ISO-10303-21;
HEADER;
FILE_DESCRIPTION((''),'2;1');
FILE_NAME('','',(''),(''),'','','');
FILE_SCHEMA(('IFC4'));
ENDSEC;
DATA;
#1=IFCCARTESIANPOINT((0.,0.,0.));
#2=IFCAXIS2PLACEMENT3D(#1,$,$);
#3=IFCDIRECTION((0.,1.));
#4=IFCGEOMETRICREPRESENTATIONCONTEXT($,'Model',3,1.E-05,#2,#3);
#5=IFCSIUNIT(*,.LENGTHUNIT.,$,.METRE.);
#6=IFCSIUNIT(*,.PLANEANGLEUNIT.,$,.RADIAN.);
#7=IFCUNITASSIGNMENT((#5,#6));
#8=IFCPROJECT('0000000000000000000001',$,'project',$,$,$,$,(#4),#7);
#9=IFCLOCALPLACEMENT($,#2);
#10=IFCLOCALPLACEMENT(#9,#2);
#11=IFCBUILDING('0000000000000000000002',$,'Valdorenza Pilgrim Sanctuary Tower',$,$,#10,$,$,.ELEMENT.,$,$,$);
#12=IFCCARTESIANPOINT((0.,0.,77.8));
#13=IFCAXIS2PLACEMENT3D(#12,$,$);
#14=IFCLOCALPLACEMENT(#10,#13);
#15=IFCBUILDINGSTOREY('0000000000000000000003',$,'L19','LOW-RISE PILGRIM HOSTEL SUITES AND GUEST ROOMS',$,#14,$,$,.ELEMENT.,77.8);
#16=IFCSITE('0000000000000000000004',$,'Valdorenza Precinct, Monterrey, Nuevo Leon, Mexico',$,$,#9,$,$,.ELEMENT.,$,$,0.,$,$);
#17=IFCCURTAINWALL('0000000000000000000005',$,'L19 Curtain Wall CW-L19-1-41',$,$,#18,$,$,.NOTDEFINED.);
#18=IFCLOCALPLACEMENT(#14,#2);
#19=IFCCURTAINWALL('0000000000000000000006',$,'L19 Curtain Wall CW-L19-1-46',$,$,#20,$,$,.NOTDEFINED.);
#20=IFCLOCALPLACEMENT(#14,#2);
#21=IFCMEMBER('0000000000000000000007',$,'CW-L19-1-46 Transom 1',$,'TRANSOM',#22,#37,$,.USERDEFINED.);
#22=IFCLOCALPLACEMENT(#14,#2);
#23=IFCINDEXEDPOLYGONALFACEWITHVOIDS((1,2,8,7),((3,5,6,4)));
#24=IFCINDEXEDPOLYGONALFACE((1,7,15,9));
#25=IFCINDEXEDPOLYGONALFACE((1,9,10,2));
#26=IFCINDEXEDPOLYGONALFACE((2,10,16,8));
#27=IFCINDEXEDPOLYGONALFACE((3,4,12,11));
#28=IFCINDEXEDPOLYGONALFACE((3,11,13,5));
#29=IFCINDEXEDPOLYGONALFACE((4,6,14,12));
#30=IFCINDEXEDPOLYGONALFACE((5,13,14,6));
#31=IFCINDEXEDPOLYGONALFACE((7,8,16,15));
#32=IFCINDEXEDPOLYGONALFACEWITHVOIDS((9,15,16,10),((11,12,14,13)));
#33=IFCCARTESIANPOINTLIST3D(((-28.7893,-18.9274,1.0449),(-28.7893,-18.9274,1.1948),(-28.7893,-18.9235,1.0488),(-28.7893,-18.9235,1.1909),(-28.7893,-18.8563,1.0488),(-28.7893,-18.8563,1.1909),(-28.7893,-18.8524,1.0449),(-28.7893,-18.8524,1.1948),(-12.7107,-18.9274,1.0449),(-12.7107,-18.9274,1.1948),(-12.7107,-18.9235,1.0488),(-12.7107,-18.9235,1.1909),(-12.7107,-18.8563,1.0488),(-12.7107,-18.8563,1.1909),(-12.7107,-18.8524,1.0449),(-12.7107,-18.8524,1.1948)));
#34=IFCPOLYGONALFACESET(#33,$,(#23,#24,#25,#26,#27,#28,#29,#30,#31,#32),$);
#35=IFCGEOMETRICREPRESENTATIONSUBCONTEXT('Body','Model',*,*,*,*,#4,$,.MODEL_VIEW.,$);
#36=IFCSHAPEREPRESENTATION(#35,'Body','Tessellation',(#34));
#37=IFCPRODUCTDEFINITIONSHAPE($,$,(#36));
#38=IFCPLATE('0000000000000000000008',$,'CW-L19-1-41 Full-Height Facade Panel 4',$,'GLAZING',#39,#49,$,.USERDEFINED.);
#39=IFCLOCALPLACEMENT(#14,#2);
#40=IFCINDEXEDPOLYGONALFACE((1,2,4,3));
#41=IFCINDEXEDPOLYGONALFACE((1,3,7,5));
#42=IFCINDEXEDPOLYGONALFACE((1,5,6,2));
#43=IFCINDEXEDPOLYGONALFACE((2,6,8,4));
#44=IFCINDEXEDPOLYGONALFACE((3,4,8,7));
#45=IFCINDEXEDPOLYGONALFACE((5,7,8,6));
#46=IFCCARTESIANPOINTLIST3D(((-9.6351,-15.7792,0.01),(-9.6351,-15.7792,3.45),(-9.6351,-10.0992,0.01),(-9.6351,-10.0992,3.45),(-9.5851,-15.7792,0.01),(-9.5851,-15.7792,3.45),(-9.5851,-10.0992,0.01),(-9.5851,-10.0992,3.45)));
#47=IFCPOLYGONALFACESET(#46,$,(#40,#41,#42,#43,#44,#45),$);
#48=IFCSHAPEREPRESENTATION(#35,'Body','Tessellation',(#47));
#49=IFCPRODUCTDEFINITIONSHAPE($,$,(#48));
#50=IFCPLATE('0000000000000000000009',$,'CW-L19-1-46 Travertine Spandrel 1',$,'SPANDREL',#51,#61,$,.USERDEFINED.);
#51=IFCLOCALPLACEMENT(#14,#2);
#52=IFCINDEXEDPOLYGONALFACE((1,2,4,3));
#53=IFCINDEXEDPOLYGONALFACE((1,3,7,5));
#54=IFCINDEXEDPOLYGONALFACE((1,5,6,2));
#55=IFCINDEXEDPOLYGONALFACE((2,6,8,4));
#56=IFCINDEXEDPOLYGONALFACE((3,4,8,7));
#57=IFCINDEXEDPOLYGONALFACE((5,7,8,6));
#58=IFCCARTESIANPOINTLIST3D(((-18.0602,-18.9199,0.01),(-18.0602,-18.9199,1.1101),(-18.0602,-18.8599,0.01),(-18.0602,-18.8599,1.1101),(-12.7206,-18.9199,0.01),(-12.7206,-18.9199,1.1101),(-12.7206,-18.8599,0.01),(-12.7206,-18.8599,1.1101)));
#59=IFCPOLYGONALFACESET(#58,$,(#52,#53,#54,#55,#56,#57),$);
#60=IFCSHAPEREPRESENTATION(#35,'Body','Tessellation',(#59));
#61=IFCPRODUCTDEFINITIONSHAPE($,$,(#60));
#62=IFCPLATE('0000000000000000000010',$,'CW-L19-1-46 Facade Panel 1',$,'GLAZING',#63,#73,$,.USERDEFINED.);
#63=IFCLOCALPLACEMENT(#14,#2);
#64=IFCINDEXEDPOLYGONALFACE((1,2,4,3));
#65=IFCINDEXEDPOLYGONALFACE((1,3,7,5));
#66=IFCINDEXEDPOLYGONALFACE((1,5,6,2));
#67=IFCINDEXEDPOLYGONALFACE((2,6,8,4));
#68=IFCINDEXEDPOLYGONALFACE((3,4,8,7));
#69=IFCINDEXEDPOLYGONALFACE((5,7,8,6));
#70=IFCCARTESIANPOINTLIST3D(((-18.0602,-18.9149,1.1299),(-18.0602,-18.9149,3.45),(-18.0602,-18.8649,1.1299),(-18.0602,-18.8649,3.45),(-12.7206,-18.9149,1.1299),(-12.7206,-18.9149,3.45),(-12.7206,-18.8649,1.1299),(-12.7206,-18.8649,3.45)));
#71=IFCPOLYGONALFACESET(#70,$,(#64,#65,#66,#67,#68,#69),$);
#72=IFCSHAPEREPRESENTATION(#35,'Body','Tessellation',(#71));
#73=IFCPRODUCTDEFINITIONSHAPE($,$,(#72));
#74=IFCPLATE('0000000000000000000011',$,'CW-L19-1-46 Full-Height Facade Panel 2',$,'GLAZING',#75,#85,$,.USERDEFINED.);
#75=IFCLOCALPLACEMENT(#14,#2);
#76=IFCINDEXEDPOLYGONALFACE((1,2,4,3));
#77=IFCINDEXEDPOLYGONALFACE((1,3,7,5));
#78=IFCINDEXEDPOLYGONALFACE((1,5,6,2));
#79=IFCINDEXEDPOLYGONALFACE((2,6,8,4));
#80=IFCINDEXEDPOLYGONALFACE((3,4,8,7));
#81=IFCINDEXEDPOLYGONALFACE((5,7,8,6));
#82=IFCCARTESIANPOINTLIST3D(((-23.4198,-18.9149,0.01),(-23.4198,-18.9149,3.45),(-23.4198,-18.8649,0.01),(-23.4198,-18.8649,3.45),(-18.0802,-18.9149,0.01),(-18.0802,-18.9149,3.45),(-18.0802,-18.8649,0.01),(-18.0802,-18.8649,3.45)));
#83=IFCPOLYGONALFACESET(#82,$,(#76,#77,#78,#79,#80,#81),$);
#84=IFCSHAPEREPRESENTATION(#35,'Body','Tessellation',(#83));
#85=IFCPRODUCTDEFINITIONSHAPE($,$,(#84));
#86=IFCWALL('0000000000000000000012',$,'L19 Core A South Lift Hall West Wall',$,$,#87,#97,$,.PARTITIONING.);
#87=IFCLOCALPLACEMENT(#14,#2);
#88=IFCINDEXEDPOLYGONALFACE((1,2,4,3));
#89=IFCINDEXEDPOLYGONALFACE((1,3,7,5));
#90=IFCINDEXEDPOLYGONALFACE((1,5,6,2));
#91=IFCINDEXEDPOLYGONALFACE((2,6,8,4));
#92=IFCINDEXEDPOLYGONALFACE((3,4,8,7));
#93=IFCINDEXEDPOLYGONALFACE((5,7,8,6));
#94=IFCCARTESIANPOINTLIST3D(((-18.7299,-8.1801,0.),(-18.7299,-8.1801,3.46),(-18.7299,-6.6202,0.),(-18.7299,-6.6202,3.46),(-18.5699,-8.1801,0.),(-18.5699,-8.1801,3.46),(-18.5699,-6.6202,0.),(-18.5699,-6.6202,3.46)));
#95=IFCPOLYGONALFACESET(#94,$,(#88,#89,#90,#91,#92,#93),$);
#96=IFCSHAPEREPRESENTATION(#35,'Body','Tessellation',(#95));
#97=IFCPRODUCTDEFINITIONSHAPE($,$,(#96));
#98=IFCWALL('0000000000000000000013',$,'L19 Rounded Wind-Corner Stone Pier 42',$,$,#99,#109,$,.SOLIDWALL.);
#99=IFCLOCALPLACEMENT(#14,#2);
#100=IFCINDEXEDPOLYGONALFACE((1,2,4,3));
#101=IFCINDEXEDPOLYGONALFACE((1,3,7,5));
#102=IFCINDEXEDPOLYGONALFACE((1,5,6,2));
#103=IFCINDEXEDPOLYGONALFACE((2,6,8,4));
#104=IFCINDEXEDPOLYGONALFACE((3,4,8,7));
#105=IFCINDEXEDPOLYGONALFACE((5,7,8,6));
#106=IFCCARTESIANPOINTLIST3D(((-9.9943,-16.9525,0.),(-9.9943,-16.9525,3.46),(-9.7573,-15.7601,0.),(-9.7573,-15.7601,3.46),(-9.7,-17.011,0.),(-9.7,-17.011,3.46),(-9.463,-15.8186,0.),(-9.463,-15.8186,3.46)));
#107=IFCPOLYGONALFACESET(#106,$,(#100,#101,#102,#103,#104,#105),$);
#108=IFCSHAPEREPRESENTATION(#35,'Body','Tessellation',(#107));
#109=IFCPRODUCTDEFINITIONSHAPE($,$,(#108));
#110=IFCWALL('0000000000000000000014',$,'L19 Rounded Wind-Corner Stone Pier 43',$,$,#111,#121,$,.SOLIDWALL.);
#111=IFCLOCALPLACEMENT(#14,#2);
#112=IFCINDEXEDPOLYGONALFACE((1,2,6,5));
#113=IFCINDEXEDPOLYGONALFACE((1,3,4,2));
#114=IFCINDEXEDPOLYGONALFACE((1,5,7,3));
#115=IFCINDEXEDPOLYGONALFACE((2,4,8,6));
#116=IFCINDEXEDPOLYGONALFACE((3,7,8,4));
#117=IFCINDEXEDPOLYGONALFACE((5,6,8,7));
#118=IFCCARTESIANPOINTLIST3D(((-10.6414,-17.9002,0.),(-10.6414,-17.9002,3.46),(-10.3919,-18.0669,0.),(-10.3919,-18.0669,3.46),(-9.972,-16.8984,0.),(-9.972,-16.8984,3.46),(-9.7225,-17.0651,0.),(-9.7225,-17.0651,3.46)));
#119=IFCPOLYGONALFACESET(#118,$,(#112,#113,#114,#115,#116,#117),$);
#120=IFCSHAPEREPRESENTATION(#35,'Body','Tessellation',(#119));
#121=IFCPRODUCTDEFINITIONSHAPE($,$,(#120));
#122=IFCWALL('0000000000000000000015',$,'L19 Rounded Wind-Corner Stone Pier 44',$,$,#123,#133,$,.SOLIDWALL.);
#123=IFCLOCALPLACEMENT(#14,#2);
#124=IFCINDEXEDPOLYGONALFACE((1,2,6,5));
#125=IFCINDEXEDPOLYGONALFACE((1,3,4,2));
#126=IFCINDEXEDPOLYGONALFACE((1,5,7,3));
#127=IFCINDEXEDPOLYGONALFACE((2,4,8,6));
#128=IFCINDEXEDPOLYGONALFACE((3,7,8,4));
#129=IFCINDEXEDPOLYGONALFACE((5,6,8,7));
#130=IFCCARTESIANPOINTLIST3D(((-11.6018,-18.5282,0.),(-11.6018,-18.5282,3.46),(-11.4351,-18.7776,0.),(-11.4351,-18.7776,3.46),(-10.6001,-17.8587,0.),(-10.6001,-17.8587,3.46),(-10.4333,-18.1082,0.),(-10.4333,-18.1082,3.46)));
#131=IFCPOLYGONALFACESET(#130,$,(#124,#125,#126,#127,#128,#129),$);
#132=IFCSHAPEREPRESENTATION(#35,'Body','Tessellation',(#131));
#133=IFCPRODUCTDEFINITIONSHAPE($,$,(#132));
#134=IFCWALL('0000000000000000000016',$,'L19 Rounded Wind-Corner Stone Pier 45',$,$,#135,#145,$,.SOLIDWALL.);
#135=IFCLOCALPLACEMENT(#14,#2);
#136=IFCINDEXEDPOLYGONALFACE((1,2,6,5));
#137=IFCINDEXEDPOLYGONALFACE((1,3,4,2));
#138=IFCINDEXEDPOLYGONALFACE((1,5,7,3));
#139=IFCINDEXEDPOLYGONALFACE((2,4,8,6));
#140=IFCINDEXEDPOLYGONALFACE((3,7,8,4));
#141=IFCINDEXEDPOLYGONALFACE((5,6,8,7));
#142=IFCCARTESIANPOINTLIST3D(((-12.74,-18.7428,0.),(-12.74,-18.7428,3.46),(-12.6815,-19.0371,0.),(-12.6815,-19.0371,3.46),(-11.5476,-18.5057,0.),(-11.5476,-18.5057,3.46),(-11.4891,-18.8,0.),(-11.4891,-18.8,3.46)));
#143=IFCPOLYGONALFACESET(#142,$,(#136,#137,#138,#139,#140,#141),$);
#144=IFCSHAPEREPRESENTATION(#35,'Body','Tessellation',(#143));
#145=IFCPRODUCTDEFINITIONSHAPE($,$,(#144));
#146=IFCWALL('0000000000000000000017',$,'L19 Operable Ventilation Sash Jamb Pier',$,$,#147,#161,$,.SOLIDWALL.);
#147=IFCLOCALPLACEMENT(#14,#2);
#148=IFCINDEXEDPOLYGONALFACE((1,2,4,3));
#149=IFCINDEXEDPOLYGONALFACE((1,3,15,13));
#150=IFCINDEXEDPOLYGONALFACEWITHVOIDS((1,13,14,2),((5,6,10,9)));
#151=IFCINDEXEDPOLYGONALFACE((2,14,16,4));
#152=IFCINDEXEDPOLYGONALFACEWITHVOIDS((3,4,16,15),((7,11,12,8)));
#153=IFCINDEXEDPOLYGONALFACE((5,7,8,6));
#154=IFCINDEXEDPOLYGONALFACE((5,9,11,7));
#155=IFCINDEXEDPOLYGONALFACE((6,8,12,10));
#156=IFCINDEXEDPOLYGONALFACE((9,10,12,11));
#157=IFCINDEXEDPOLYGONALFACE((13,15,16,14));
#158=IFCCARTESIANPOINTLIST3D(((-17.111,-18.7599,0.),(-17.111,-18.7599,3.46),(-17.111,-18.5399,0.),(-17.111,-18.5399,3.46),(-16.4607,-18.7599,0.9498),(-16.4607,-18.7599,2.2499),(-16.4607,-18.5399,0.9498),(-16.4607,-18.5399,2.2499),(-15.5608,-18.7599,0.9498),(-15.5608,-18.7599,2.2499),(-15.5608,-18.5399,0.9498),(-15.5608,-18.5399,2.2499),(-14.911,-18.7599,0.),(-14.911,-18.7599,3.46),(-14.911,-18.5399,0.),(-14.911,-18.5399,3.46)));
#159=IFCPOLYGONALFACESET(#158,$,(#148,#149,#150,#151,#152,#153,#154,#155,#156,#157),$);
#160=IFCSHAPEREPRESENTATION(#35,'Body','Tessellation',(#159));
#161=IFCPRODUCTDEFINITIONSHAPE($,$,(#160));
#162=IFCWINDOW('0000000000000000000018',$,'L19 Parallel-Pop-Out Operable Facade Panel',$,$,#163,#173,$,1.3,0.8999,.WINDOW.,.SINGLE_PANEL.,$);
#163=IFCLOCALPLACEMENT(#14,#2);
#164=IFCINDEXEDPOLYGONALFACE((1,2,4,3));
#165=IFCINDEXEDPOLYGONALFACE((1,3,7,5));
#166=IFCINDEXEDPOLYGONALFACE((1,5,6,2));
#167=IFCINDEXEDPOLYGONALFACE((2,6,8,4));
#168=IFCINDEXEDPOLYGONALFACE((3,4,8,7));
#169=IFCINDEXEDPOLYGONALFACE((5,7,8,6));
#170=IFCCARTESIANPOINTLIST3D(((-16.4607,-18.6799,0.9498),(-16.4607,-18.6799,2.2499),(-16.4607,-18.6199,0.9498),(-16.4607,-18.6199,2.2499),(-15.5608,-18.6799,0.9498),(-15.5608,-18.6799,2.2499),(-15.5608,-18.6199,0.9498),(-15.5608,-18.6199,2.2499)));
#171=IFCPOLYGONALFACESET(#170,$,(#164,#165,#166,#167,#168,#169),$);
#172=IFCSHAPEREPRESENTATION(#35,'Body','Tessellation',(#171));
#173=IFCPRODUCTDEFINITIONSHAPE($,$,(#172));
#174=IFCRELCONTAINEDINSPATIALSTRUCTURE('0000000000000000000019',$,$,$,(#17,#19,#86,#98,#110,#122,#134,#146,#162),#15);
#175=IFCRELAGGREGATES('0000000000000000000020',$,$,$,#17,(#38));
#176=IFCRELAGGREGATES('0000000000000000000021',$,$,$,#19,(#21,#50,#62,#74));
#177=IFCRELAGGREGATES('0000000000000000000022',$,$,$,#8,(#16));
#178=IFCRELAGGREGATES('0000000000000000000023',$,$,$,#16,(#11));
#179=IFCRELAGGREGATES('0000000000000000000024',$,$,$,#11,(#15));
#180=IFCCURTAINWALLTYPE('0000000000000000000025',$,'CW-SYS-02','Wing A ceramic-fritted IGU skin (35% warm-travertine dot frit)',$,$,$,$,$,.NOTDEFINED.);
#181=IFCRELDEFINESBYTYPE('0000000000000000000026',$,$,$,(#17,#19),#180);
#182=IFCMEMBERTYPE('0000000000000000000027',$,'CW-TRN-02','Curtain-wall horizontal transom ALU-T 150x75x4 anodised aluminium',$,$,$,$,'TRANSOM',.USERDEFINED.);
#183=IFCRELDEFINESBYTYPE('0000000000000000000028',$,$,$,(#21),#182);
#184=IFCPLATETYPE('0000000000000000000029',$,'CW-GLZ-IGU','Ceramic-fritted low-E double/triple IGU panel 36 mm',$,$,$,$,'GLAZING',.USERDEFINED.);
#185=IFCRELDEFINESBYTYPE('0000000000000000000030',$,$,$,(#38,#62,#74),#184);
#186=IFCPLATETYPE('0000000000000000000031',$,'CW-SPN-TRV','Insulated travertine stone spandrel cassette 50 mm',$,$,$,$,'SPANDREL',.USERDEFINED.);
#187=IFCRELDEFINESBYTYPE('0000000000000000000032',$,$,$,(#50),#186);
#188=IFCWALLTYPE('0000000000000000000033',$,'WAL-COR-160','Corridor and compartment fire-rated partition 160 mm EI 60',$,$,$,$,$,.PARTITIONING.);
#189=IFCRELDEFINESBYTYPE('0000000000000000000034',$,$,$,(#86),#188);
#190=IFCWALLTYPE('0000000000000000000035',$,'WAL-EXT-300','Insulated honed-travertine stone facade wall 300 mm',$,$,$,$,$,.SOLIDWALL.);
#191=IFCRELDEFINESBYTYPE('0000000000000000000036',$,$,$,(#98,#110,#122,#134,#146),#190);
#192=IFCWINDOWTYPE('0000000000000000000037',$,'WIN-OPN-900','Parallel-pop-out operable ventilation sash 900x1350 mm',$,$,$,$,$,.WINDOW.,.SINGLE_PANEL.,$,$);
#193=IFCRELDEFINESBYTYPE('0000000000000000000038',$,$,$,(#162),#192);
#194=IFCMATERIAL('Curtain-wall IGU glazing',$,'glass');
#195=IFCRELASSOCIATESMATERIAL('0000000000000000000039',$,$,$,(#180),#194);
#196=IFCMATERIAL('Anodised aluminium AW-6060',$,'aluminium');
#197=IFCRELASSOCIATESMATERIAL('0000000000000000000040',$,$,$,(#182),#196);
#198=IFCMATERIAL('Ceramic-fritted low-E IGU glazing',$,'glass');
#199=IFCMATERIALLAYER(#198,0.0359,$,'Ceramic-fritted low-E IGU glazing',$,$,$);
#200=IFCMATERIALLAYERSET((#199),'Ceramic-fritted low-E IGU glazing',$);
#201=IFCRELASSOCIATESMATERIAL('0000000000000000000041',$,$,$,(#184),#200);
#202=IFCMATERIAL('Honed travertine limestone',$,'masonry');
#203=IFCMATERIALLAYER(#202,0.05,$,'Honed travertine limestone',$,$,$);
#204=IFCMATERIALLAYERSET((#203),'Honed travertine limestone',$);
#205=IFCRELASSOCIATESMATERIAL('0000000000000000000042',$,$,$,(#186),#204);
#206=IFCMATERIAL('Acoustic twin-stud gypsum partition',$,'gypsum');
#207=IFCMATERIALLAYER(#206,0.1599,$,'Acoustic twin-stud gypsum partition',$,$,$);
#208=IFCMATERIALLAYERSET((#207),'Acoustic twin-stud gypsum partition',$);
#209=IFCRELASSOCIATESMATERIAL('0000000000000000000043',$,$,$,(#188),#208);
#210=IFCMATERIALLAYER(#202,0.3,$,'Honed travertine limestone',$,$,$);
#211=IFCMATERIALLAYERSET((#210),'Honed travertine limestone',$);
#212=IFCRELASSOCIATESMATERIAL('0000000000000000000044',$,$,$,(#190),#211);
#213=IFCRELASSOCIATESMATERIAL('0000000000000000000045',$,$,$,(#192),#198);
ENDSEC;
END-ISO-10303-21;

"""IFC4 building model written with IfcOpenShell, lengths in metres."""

from ifc_helpers import new_model, si_unit, direction, frame, frame_2d, origin, origin_2d, place, context, subcontext, project, spatial, rectangle, hollow_rectangle, extrude, source, transform, mapped, material, layer, layer_set, material_profile, profile_set, type_object, element, fill, aggregate, save


model = new_model("IFC4")

# Units and contexts
model_context = context("Model", 3, precision=1e-05, world=origin(), true_north=direction((0.0, 1.0)))
body_context = subcontext(model_context, "Body", "Model", "MODEL_VIEW")
ifc_project = project(units=[si_unit("LENGTHUNIT", "METRE"), si_unit("PLANEANGLEUNIT", "RADIAN")], contexts=[model_context])

# Site, building, storey
site_placement = place(None, origin())
site = spatial("IfcSite", under=ifc_project, at=site_placement, Name="Valdorenza Precinct, Monterrey, Nuevo Leon, Mexico", CompositionType="ELEMENT", RefElevation=0.0)
building_placement = place(site_placement, origin())
building = spatial("IfcBuilding", under=site, at=building_placement, Name="Valdorenza Pilgrim Sanctuary Tower", CompositionType="ELEMENT")
storey_placement = place(building_placement, frame((0.0, 0.0, 77.8)))
storey = spatial("IfcBuildingStorey", under=building, at=storey_placement, Name="L19", Description="LOW-RISE PILGRIM HOSTEL SUITES AND GUEST ROOMS", CompositionType="ELEMENT", Elevation=77.8)

# Curtain walls, member
ifc_material_1 = material(Name="Curtain-wall IGU glazing", Category="glass")
curtain_wall_type = type_object("IfcCurtainWallType", Name="CW-SYS-02", Description="Wing A ceramic-fritted IGU skin (35% warm-travertine dot frit)", PredefinedType="NOTDEFINED", material=ifc_material_1)
curtain_wall_1_placement = place(storey_placement, origin())
curtain_wall_1 = element("IfcCurtainWall", 1, at=curtain_wall_1_placement, inside=storey, type_object=curtain_wall_type, Name="L19 Curtain Wall CW-L19-1-41", PredefinedType="NOTDEFINED")
ifc_material_2 = material(Name="Anodised aluminium AW-6060", Category="aluminium")
curtain_wall_2_placement = place(storey_placement, origin())
curtain_wall_2 = element("IfcCurtainWall", 2, at=curtain_wall_2_placement, inside=storey, type_object=curtain_wall_type, Name="L19 Curtain Wall CW-L19-1-46", PredefinedType="NOTDEFINED")
ifc_material_profile_1 = material_profile(ifc_material_2, hollow_rectangle(XDim=0.075, YDim=0.1499, WallThickness=0.0039, at=origin_2d()), Name="ALU-T 150x75x4")
ifc_profile_set_1 = profile_set([ifc_material_profile_1], Name="Anodised aluminium AW-6060")
member_type_1 = type_object("IfcMemberType", Name="CW-TRN-02", Description="Curtain-wall horizontal transom ALU-T 150x75x4 anodised aluminium", ElementType="TRANSOM", PredefinedType="USERDEFINED", material=ifc_profile_set_1)
shared_shape_1 = source(origin(), body_context, "Body", "SweptSolid", [
    extrude(hollow_rectangle(XDim=0.075, YDim=0.1499, WallThickness=0.0039, at=origin_2d()), origin(), (0.0, 0.0, 1.0), 16.0786),
])
member_1_placement = place(storey_placement, frame((-12.7107, -18.8899, 1.1199), z_axis=(-1.0, 0.0, 0.0), x_axis=(0.0, -1.0, 0.0)))
member_1 = element("IfcMember", 3, at=member_1_placement, type_object=member_type_1, Name="CW-L19-1-46 Transom 1", ObjectType="TRANSOM", PredefinedType="USERDEFINED", context=body_context, shape_type="MappedRepresentation", body=[
    mapped(shared_shape_1, transform((0.0, 0.0, 0.0), x_axis=(1.0, 0.0, 0.0), y_axis=(0.0, 1.0, 0.0), z_axis=(0.0, 0.0, 1.0), scale=1.0)),
])

# Plates
ifc_material_3 = material(Name="Ceramic-fritted low-E IGU glazing", Category="glass")
ifc_layer_1 = layer(ifc_material_3, 0.0359, Name="Ceramic-fritted low-E IGU glazing")
ifc_layer_set_1 = layer_set([ifc_layer_1], Name="Ceramic-fritted low-E IGU glazing")
plate_type_1 = type_object("IfcPlateType", Name="CW-GLZ-IGU", Description="Ceramic-fritted low-E double/triple IGU panel 36 mm", ElementType="GLAZING", PredefinedType="USERDEFINED", material=ifc_layer_set_1)
shared_shape_2 = source(origin(), body_context, "Body", "SweptSolid", [
    extrude(rectangle(XDim=5.6799, YDim=0.05, at=origin_2d()), origin(), (0.0, 0.0, 1.0), 3.4399),
])
plate_1_placement = place(storey_placement, frame((-9.6101, -12.9392, 0.01), z_axis=(0.0, 0.0, 1.0), x_axis=(0.0, -1.0, 0.0)))
plate_1 = element("IfcPlate", 4, at=plate_1_placement, type_object=plate_type_1, Name="CW-L19-1-41 Full-Height Facade Panel 4", ObjectType="GLAZING", PredefinedType="USERDEFINED", context=body_context, shape_type="MappedRepresentation", body=[
    mapped(shared_shape_2, transform((0.0, 0.0, 0.0), x_axis=(1.0, 0.0, 0.0), y_axis=(0.0, 1.0, 0.0), z_axis=(0.0, 0.0, 1.0), scale=1.0)),
])
aggregate(curtain_wall_1, [plate_1])
ifc_material_4 = material(Name="Honed travertine limestone", Category="masonry")
ifc_layer_2 = layer(ifc_material_4, 0.05, Name="Honed travertine limestone")
ifc_layer_set_2 = layer_set([ifc_layer_2], Name="Honed travertine limestone")
plate_type_2 = type_object("IfcPlateType", Name="CW-SPN-TRV", Description="Insulated travertine stone spandrel cassette 50 mm", ElementType="SPANDREL", PredefinedType="USERDEFINED", material=ifc_layer_set_2)
shared_shape_3 = source(origin(), body_context, "Body", "SweptSolid", [
    extrude(rectangle(XDim=5.3396, YDim=0.0601, at=origin_2d()), origin(), (0.0, 0.0, 1.0), 1.1001),
])
plate_2_placement = place(storey_placement, frame((-15.3904, -18.8899, 0.01), z_axis=(0.0, 0.0, 1.0), x_axis=(-1.0, 0.0, 0.0)))
plate_2 = element("IfcPlate", 5, at=plate_2_placement, type_object=plate_type_2, Name="CW-L19-1-46 Travertine Spandrel 1", ObjectType="SPANDREL", PredefinedType="USERDEFINED", context=body_context, shape_type="MappedRepresentation", body=[
    mapped(shared_shape_3, transform((0.0, 0.0, 0.0), x_axis=(1.0, 0.0, 0.0), y_axis=(0.0, 1.0, 0.0), z_axis=(0.0, 0.0, 1.0), scale=1.0)),
])
shared_shape_4 = source(origin(), body_context, "Body", "SweptSolid", [
    extrude(rectangle(XDim=5.3396, YDim=0.05, at=origin_2d()), origin(), (0.0, 0.0, 1.0), 2.3201),
])
plate_3_placement = place(storey_placement, frame((-15.3904, -18.8899, 1.1299), z_axis=(0.0, 0.0, 1.0), x_axis=(-1.0, 0.0, 0.0)))
plate_3 = element("IfcPlate", 6, at=plate_3_placement, type_object=plate_type_1, Name="CW-L19-1-46 Facade Panel 1", ObjectType="GLAZING", PredefinedType="USERDEFINED", context=body_context, shape_type="MappedRepresentation", body=[
    mapped(shared_shape_4, transform((0.0, 0.0, 0.0), x_axis=(1.0, 0.0, 0.0), y_axis=(0.0, 1.0, 0.0), z_axis=(0.0, 0.0, 1.0), scale=1.0)),
])
shared_shape_5 = source(origin(), body_context, "Body", "SweptSolid", [
    extrude(rectangle(XDim=5.3396, YDim=0.05, at=origin_2d()), origin(), (0.0, 0.0, 1.0), 3.4399),
])
plate_4_placement = place(storey_placement, frame((-20.75, -18.8899, 0.01), z_axis=(0.0, 0.0, 1.0), x_axis=(-1.0, 0.0, 0.0)))
plate_4 = element("IfcPlate", 7, at=plate_4_placement, type_object=plate_type_1, Name="CW-L19-1-46 Full-Height Facade Panel 2", ObjectType="GLAZING", PredefinedType="USERDEFINED", context=body_context, shape_type="MappedRepresentation", body=[
    mapped(shared_shape_5, transform((0.0, 0.0, 0.0), x_axis=(1.0, 0.0, 0.0), y_axis=(0.0, 1.0, 0.0), z_axis=(0.0, 0.0, 1.0), scale=1.0)),
])
aggregate(curtain_wall_2, [member_1, plate_2, plate_3, plate_4])

# Walls
ifc_material_5 = material(Name="Acoustic twin-stud gypsum partition", Category="gypsum")
ifc_layer_3 = layer(ifc_material_5, 0.1599, Name="Acoustic twin-stud gypsum partition")
ifc_layer_set_3 = layer_set([ifc_layer_3], Name="Acoustic twin-stud gypsum partition")
wall_type_1 = type_object("IfcWallType", Name="WAL-COR-160", Description="Corridor and compartment fire-rated partition 160 mm EI 60", PredefinedType="PARTITIONING", material=ifc_layer_set_3)
wall_1_placement = place(storey_placement, frame((-18.6499, -8.1799, 0.0), z_axis=(0.0, 0.0, 1.0), x_axis=(0.0, 1.0, 0.0)))
element("IfcWall", 8, at=wall_1_placement, inside=storey, type_object=wall_type_1, Name="L19 Core A South Lift Hall West Wall", PredefinedType="PARTITIONING", context=body_context, shape_type="SweptSolid", body=[
    extrude(rectangle(XDim=1.5598, YDim=0.1599, at=frame_2d((0.7798, 0.0))), origin(), (0.0, 0.0, 1.0), 3.46),
])
ifc_layer_4 = layer(ifc_material_4, 0.3, Name="Honed travertine limestone")
ifc_layer_set_4 = layer_set([ifc_layer_4], Name="Honed travertine limestone")
wall_type_2 = type_object("IfcWallType", Name="WAL-EXT-300", Description="Insulated honed-travertine stone facade wall 300 mm", PredefinedType="SOLIDWALL", material=ifc_layer_set_4)
wall_2_placement = place(storey_placement, frame((-9.6101, -15.7893, 0.0), z_axis=(0.0, 0.0, 1.0), x_axis=(-0.194996, -0.980804, 0.0)))
element("IfcWall", 9, at=wall_2_placement, inside=storey, type_object=wall_type_2, Name="L19 Rounded Wind-Corner Stone Pier 42", PredefinedType="SOLIDWALL", context=body_context, shape_type="SweptSolid", body=[
    extrude(rectangle(XDim=1.2158, YDim=0.3, at=frame_2d((0.6079, 0.0))), origin(), (0.0, 0.0, 1.0), 3.46),
])
for number, where, z_axis, x_axis, name in (
    (10, (-9.8472, -16.9817, 0.0), (0.0, 0.0, 1.0), (-0.555635, -0.831426, 0.0), "L19 Rounded Wind-Corner Stone Pier 43"),
    (11, (-10.5166, -17.9834, 0.0), (0.0, 0.0, 1.0), (-0.831426, -0.555635, 0.0), "L19 Rounded Wind-Corner Stone Pier 44"),
):
    element("IfcWall", number, at=place(storey_placement, frame(where, z_axis=z_axis, x_axis=x_axis)), inside=storey, type_object=wall_type_2, Name=name, PredefinedType="SOLIDWALL", context=body_context, shape_type="SweptSolid", body=[
        extrude(rectangle(XDim=1.2048, YDim=0.3, at=frame_2d((0.6025, 0.0))), origin(), (0.0, 0.0, 1.0), 3.46),
    ])
wall_3_placement = place(storey_placement, frame((-11.5183, -18.6528, 0.0), z_axis=(0.0, 0.0, 1.0), x_axis=(-0.980804, -0.194996, 0.0)))
element("IfcWall", 12, at=wall_3_placement, inside=storey, type_object=wall_type_2, Name="L19 Rounded Wind-Corner Stone Pier 45", PredefinedType="SOLIDWALL", context=body_context, shape_type="SweptSolid", body=[
    extrude(rectangle(XDim=1.2158, YDim=0.3, at=frame_2d((0.6079, 0.0))), origin(), (0.0, 0.0, 1.0), 3.46),
])

# Wall, opening, window
wall_4_placement = place(storey_placement, frame((-14.9109, -18.6499, 0.0), z_axis=(0.0, 0.0, 1.0), x_axis=(-1.0, 0.0, 0.0)))
wall_4 = element("IfcWall", 13, at=wall_4_placement, inside=storey, type_object=wall_type_2, Name="L19 Operable Ventilation Sash Jamb Pier", PredefinedType="SOLIDWALL", context=body_context, shape_type="SweptSolid", body=[
    extrude(rectangle(XDim=2.2, YDim=0.22, at=frame_2d((1.1001, 0.0))), origin(), (0.0, 0.0, 1.0), 3.46),
])
opening_1_placement = place(wall_4_placement, frame((0.6499, 0.0, 0.95)))
opening_1 = element("IfcOpeningElement", 14, at=opening_1_placement, cuts=wall_4, PredefinedType="OPENING", context=body_context, shape_type="SweptSolid", body=[
    extrude(rectangle(XDim=0.8999, YDim=1.3, at=frame_2d((0.45, 0.6499))), frame((0.0, 0.125, 0.0), z_axis=(0.0, -1.0, 0.0), x_axis=(1.0, 0.0, 0.0)), (0.0, 0.0, 1.0), 0.2498),
])
window_type = type_object("IfcWindowType", Name="WIN-OPN-900", Description="Parallel-pop-out operable ventilation sash 900x1350 mm", PartitioningType="SINGLE_PANEL", PredefinedType="WINDOW", material=ifc_material_3)
window_placement = place(opening_1_placement, origin())
window = element("IfcWindow", 15, at=window_placement, inside=storey, type_object=window_type, Name="L19 Parallel-Pop-Out Operable Facade Panel", OverallHeight=1.3, OverallWidth=0.8999, PartitioningType="SINGLE_PANEL", PredefinedType="WINDOW", context=body_context, shape_type="SweptSolid", body=[
    extrude(rectangle(XDim=0.8999, YDim=1.3, at=frame_2d((0.45, 0.6499))), frame((0.0, 0.03, 0.0), z_axis=(0.0, -1.0, 0.0), x_axis=(1.0, 0.0, 0.0)), (0.0, 0.0, 1.0), 0.0601),
])
fill(opening_1, window)

save(model, "model.ifc")
